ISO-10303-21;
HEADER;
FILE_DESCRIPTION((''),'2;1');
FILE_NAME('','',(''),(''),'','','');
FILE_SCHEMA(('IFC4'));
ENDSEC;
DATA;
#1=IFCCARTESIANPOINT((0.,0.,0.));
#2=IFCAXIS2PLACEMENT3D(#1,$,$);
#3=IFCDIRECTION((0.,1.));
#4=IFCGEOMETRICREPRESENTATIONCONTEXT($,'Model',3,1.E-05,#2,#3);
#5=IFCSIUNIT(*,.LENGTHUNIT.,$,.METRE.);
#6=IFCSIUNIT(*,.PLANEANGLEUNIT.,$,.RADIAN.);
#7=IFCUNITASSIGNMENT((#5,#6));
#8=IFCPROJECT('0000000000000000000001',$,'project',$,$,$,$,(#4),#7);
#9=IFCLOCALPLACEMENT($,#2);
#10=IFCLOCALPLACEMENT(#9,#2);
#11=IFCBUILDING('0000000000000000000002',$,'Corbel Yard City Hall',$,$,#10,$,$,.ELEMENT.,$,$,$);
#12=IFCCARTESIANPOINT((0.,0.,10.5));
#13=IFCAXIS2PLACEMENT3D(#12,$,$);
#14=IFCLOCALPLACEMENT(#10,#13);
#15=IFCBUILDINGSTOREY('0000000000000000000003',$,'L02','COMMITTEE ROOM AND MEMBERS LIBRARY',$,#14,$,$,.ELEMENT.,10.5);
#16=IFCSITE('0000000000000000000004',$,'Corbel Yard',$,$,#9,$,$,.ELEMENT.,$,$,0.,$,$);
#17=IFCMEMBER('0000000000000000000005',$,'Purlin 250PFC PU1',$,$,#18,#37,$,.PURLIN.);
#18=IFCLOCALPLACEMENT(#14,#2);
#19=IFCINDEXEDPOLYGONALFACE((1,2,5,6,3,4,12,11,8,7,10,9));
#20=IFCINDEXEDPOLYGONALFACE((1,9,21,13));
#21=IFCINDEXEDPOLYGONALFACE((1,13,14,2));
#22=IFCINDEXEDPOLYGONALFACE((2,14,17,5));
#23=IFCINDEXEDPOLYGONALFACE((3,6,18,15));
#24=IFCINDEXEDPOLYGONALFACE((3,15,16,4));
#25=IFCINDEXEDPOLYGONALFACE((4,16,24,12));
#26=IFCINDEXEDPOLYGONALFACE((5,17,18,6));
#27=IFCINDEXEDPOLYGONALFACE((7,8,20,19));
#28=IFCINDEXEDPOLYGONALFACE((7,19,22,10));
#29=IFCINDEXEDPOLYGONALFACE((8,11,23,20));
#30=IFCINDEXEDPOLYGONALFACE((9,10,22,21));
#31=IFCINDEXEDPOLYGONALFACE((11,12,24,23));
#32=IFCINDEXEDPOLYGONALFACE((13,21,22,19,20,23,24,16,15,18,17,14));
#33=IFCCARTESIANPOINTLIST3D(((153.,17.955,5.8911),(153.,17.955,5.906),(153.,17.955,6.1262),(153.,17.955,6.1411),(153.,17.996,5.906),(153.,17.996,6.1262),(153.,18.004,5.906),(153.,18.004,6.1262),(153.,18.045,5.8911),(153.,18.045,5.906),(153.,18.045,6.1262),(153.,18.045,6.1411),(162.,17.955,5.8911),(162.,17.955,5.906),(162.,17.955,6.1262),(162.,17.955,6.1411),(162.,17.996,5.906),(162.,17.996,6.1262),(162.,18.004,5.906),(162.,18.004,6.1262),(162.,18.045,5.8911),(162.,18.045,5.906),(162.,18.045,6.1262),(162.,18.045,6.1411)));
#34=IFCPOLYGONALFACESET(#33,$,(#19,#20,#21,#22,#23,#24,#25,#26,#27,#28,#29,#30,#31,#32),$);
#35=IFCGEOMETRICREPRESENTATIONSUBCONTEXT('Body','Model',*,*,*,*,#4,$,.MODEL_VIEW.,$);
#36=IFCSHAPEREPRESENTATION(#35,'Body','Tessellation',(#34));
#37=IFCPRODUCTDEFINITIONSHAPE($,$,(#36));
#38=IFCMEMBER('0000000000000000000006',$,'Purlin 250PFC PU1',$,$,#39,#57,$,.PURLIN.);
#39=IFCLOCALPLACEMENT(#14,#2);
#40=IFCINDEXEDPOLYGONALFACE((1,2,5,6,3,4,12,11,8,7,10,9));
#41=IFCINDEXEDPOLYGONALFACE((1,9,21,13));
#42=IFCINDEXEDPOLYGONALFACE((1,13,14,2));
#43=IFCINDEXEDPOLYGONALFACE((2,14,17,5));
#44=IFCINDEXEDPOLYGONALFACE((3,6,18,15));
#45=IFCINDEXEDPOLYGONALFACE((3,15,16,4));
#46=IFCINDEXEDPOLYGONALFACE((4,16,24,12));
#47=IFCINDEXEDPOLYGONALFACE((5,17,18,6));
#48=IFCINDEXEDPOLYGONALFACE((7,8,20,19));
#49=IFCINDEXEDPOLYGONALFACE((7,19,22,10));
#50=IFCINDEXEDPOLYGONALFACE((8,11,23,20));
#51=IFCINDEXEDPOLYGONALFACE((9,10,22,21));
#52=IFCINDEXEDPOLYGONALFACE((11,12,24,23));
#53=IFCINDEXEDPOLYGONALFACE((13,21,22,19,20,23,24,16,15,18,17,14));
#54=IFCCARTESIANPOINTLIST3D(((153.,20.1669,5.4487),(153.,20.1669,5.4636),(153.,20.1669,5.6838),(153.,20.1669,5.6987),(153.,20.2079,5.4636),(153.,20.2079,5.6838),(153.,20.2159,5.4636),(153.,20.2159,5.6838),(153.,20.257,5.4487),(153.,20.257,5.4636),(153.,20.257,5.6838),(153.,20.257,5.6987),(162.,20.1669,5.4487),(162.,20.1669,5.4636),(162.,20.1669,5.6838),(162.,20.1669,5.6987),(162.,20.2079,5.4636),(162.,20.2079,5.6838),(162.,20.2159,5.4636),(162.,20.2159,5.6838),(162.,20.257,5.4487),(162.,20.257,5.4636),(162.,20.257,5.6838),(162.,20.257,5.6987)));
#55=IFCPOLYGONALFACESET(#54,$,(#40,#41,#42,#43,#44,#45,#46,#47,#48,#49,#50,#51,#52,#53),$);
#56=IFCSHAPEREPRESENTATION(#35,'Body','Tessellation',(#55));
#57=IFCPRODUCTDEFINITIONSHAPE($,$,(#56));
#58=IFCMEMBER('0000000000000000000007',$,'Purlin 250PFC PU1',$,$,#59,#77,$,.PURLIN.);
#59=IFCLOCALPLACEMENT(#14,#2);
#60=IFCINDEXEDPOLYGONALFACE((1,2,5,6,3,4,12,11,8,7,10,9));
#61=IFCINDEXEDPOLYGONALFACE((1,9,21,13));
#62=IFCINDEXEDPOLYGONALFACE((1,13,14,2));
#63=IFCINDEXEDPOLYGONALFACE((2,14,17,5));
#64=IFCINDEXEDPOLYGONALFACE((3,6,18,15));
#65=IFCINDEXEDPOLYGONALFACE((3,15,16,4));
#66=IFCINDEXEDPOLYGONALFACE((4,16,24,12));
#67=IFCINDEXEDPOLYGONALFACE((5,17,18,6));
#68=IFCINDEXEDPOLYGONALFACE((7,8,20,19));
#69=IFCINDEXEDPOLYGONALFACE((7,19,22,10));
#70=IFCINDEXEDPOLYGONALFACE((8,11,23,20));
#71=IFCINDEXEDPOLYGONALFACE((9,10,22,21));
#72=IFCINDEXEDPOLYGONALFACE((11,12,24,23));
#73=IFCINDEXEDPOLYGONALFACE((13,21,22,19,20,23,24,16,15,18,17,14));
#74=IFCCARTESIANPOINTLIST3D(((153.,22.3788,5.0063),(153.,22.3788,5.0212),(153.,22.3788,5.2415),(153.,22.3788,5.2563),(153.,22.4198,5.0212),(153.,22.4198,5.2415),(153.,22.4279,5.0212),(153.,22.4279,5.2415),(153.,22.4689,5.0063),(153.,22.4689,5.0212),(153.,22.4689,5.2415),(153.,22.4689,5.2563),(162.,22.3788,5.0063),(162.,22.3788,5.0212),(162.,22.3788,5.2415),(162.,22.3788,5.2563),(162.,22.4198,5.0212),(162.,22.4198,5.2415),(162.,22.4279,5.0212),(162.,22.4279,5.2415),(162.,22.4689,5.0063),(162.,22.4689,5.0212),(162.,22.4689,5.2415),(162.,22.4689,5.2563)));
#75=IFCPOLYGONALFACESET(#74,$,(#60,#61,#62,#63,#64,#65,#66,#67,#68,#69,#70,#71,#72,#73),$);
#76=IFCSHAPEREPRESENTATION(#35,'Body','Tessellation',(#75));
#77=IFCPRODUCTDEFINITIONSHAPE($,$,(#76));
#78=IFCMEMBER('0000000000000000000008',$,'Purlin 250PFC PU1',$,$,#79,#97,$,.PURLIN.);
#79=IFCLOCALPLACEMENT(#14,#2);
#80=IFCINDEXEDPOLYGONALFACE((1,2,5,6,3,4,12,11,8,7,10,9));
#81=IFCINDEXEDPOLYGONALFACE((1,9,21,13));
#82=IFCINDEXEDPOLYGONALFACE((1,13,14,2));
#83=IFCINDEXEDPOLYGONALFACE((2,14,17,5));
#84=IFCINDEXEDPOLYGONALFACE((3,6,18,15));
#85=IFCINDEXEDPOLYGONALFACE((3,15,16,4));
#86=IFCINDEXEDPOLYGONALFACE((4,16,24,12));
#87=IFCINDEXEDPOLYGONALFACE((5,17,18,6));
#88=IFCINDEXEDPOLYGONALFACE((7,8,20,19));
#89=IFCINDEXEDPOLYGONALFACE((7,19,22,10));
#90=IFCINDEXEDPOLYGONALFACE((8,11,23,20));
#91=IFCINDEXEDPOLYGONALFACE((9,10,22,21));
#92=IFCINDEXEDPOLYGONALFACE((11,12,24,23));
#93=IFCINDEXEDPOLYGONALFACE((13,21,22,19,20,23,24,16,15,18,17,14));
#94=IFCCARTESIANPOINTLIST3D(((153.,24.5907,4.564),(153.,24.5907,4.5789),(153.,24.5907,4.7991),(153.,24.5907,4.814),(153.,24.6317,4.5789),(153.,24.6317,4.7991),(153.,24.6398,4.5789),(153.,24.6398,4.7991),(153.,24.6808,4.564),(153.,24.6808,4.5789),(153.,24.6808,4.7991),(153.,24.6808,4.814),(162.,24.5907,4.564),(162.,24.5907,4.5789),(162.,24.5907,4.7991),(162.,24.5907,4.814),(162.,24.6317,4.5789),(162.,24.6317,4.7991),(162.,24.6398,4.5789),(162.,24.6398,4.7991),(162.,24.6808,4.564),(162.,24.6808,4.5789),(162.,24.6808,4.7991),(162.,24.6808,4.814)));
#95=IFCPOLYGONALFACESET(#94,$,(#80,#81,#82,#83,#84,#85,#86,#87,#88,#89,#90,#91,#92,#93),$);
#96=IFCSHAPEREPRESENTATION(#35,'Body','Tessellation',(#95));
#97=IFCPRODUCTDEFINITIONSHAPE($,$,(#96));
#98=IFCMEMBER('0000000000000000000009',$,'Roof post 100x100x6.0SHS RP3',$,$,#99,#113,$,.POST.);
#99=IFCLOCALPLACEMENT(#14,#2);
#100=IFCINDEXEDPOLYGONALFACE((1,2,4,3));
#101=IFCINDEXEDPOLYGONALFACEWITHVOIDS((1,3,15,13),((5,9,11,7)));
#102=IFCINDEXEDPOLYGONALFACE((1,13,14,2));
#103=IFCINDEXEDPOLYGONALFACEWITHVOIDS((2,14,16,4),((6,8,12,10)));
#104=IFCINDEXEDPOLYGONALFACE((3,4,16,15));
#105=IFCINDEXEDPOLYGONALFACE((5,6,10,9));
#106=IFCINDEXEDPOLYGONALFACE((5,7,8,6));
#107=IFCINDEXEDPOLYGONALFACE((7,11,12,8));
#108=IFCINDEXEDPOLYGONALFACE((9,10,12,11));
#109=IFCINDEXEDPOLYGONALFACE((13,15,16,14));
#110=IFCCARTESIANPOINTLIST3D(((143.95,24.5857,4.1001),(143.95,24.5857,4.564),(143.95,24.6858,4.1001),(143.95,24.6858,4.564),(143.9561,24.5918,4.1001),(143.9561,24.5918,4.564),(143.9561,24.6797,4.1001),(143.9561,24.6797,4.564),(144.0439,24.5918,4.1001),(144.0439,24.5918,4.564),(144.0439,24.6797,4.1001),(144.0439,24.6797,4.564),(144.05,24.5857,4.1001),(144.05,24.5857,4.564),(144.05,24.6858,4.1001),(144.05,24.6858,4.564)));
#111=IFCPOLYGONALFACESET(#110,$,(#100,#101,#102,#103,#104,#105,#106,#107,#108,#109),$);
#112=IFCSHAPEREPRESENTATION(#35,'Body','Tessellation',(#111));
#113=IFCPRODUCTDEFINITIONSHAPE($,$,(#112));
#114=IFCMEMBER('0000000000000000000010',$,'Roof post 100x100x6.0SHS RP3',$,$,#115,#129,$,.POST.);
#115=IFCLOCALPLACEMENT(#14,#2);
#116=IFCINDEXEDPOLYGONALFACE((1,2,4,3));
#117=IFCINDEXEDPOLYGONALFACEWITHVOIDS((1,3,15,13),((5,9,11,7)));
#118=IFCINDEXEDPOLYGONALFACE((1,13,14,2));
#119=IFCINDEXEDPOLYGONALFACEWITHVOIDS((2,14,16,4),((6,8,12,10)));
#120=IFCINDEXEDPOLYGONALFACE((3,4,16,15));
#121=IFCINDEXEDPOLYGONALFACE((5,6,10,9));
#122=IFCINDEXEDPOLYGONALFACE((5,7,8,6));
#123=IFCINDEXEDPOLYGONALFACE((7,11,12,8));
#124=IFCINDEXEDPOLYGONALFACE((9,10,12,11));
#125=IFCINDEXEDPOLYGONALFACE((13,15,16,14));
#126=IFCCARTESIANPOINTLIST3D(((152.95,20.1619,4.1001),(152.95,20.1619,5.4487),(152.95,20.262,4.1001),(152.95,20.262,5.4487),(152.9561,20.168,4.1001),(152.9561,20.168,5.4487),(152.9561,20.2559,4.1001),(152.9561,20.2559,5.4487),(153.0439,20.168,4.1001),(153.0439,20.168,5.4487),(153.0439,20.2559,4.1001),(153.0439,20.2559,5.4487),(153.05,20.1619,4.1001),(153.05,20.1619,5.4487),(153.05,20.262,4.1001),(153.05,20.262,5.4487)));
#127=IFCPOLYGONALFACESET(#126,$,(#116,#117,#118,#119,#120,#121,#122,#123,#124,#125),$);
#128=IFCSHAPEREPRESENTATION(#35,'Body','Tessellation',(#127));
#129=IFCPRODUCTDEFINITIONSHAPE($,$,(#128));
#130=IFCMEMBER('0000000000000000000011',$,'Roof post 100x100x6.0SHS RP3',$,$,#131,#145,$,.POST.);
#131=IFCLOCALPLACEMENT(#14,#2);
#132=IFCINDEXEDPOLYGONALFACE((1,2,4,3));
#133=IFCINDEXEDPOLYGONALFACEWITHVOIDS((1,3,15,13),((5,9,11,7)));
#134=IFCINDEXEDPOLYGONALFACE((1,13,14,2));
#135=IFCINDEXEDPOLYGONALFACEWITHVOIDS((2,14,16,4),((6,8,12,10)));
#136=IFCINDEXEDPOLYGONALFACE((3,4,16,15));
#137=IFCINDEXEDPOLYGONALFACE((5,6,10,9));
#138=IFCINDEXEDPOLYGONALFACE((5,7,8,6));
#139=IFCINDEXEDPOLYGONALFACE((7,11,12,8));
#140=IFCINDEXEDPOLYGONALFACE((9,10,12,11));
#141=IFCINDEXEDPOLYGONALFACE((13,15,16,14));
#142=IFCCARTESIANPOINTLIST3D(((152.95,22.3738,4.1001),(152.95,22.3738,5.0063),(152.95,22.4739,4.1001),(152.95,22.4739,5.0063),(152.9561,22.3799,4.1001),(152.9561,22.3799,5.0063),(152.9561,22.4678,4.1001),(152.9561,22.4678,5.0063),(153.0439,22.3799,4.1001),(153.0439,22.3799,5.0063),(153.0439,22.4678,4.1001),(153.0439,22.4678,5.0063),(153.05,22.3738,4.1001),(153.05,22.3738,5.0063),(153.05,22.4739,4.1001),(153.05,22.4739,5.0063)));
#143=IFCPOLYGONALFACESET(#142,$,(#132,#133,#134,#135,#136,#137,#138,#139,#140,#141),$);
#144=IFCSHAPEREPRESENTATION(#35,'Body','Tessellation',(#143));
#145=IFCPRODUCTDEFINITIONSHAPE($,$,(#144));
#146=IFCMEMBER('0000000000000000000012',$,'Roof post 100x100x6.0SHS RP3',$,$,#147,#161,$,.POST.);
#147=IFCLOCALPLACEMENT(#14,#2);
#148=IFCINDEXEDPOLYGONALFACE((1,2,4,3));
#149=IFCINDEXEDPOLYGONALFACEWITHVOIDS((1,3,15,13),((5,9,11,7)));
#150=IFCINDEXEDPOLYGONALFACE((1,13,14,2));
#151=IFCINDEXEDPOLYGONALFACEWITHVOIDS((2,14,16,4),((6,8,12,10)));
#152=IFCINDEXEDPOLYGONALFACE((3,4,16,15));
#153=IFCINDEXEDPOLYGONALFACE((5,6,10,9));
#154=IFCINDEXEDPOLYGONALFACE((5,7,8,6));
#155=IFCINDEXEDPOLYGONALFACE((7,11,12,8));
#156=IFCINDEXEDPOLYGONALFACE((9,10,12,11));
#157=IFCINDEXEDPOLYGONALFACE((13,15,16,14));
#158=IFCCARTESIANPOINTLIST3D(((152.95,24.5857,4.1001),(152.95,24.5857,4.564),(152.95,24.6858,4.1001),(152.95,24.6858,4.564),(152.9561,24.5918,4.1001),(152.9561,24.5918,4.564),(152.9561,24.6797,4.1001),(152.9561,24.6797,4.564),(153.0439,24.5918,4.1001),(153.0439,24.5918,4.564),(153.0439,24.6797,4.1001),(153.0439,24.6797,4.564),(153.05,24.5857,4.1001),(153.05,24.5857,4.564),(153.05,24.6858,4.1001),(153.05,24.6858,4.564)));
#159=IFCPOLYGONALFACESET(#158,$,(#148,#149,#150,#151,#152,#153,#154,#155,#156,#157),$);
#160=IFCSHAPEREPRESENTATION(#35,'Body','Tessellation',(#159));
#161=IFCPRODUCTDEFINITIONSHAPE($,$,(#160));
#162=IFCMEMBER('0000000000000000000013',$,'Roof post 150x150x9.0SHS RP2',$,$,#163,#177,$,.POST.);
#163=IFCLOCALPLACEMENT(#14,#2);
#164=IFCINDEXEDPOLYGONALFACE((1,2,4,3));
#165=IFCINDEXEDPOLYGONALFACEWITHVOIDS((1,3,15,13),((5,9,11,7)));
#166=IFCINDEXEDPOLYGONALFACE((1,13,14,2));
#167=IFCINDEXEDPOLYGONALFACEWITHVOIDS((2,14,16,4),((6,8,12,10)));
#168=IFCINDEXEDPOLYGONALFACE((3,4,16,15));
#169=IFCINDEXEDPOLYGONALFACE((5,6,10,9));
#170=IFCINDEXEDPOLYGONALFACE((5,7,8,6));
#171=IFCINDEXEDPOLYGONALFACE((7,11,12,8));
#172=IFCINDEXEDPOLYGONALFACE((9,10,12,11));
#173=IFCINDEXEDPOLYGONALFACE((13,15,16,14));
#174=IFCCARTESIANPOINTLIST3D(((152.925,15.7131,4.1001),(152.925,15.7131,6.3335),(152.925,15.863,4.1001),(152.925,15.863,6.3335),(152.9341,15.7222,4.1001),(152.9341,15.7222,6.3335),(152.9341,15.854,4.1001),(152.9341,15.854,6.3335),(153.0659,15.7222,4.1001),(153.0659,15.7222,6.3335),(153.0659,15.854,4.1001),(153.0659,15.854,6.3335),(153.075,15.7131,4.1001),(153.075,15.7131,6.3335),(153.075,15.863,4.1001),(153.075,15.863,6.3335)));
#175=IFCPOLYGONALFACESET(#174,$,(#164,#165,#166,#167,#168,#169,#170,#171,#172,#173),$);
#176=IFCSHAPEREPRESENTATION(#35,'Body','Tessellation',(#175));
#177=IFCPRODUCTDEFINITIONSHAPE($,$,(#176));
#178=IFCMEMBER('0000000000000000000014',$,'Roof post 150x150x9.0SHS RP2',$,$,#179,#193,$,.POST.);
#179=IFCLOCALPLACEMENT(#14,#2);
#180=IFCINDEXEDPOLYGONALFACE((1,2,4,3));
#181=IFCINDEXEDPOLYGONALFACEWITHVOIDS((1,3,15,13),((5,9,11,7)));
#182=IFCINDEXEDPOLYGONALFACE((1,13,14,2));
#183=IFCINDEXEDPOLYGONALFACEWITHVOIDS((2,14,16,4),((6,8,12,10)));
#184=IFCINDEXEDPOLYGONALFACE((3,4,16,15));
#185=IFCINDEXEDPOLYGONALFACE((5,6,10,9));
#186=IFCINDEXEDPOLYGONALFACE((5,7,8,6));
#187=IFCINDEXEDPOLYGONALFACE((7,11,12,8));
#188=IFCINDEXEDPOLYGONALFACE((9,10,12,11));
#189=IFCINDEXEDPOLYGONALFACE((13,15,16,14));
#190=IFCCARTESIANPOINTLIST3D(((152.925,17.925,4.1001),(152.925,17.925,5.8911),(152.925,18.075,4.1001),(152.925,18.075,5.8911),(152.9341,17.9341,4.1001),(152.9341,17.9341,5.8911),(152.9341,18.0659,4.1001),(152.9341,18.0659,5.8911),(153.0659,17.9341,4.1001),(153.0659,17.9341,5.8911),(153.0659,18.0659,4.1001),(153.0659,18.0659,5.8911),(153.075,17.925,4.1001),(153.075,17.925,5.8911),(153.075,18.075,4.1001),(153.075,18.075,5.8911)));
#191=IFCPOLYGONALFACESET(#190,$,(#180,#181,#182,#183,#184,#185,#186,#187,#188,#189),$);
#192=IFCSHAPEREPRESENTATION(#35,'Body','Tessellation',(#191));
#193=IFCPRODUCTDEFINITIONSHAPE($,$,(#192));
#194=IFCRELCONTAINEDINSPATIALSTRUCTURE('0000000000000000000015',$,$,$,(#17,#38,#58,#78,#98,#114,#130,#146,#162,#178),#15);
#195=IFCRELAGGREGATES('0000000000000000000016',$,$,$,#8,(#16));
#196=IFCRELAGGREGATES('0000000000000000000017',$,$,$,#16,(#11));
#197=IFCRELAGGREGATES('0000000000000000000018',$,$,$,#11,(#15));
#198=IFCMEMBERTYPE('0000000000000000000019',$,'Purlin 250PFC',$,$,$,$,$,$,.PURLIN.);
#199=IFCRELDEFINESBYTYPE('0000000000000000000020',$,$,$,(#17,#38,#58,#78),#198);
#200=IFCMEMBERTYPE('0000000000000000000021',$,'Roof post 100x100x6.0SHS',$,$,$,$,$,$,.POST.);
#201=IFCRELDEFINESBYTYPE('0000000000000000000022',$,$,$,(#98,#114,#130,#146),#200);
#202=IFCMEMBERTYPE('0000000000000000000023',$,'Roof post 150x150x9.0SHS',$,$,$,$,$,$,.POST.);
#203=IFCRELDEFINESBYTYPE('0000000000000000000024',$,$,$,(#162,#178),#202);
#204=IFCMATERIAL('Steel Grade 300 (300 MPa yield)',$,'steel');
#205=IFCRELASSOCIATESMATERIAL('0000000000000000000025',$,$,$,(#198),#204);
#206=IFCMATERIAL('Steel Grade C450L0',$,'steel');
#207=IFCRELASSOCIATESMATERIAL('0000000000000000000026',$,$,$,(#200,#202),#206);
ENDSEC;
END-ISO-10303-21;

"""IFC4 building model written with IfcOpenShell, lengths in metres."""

from ifc_helpers import new_model, si_unit, direction, frame, origin, origin_2d, place, context, subcontext, project, spatial, hollow_rectangle, i_section, extrude, material, material_profile, profile_set, type_object, element, save


model = new_model("IFC4")

# Units and contexts
model_context = context("Model", 3, precision=1e-05, world=origin(), true_north=direction((0.0, 1.0)))
body_context = subcontext(model_context, "Body", "Model", "MODEL_VIEW")
ifc_project = project(units=[si_unit("LENGTHUNIT", "METRE"), si_unit("PLANEANGLEUNIT", "RADIAN")], contexts=[model_context])

# Site, building, storey
site_placement = place(None, origin())
site = spatial("IfcSite", under=ifc_project, at=site_placement, Name="Corbel Yard", CompositionType="ELEMENT", RefElevation=0.0)
building_placement = place(site_placement, origin())
building = spatial("IfcBuilding", under=site, at=building_placement, Name="Corbel Yard City Hall", CompositionType="ELEMENT")
storey_placement = place(building_placement, frame((0.0, 0.0, 10.5)))
storey = spatial("IfcBuildingStorey", under=building, at=storey_placement, Name="L02", Description="COMMITTEE ROOM AND MEMBERS LIBRARY", CompositionType="ELEMENT", Elevation=10.5)

# Members
ifc_material_1 = material(Name="Steel Grade 300 (300 MPa yield)", Category="steel")
ifc_material_profile_1 = material_profile(ifc_material_1, i_section(OverallWidth=0.0901, OverallDepth=0.25, WebThickness=0.0081, FlangeThickness=0.0149, at=origin_2d()), Name="250PFC")
ifc_profile_set_1 = profile_set([ifc_material_profile_1], Name="Steel Grade 300 (300 MPa yield)")
member_type_1 = type_object("IfcMemberType", Name="Purlin 250PFC", PredefinedType="PURLIN", material=ifc_profile_set_1)
for number, where, z_axis, x_axis, name in (
    (1, (153.0, 18.0, 6.0161), (1.0, 0.0, 0.0), (0.0, 1.0, 0.0), "Purlin 250PFC PU1"),
    (2, (153.0, 20.2119, 5.5737), (1.0, 0.0, 0.0), (0.0, 1.0, 0.0), "Purlin 250PFC PU1"),
    (3, (153.0, 22.4238, 5.1313), (1.0, 0.0, 0.0), (0.0, 1.0, 0.0), "Purlin 250PFC PU1"),
    (4, (153.0, 24.6357, 4.689), (1.0, 0.0, 0.0), (0.0, 1.0, 0.0), "Purlin 250PFC PU1"),
):
    element("IfcMember", number, at=place(storey_placement, frame(where, z_axis=z_axis, x_axis=x_axis)), inside=storey, type_object=member_type_1, Name=name, PredefinedType="PURLIN", context=body_context, shape_type="SweptSolid", body=[
        extrude(i_section(OverallWidth=0.0901, OverallDepth=0.25, WebThickness=0.0081, FlangeThickness=0.0149, at=origin_2d()), origin(), (0.0, 0.0, 1.0), 9.0),
    ])
ifc_material_2 = material(Name="Steel Grade C450L0", Category="steel")
ifc_material_profile_2 = material_profile(ifc_material_2, hollow_rectangle(XDim=0.1001, YDim=0.1001, WallThickness=0.0061, at=origin_2d()), Name="100x100x6.0SHS")
ifc_profile_set_2 = profile_set([ifc_material_profile_2], Name="Steel Grade C450L0")
member_type_2 = type_object("IfcMemberType", Name="Roof post 100x100x6.0SHS", PredefinedType="POST", material=ifc_profile_set_2)
member_1_placement = place(storey_placement, frame((144.0, 24.6357, 4.1001), z_axis=(0.0, 0.0, 1.0), x_axis=(1.0, 0.0, 0.0)))
element("IfcMember", 5, at=member_1_placement, inside=storey, type_object=member_type_2, Name="Roof post 100x100x6.0SHS RP3", PredefinedType="POST", context=body_context, shape_type="SweptSolid", body=[
    extrude(hollow_rectangle(XDim=0.1001, YDim=0.1001, WallThickness=0.0061, at=origin_2d()), origin(), (0.0, 0.0, 1.0), 0.4639),
])
member_2_placement = place(storey_placement, frame((153.0, 20.2119, 4.1001), z_axis=(0.0, 0.0, 1.0), x_axis=(1.0, 0.0, 0.0)))
element("IfcMember", 6, at=member_2_placement, inside=storey, type_object=member_type_2, Name="Roof post 100x100x6.0SHS RP3", PredefinedType="POST", context=body_context, shape_type="SweptSolid", body=[
    extrude(hollow_rectangle(XDim=0.1001, YDim=0.1001, WallThickness=0.0061, at=origin_2d()), origin(), (0.0, 0.0, 1.0), 1.3486),
])
member_3_placement = place(storey_placement, frame((153.0, 22.4238, 4.1001), z_axis=(0.0, 0.0, 1.0), x_axis=(1.0, 0.0, 0.0)))
element("IfcMember", 7, at=member_3_placement, inside=storey, type_object=member_type_2, Name="Roof post 100x100x6.0SHS RP3", PredefinedType="POST", context=body_context, shape_type="SweptSolid", body=[
    extrude(hollow_rectangle(XDim=0.1001, YDim=0.1001, WallThickness=0.0061, at=origin_2d()), origin(), (0.0, 0.0, 1.0), 0.9062),
])
member_4_placement = place(storey_placement, frame((153.0, 24.6357, 4.1001), z_axis=(0.0, 0.0, 1.0), x_axis=(1.0, 0.0, 0.0)))
element("IfcMember", 8, at=member_4_placement, inside=storey, type_object=member_type_2, Name="Roof post 100x100x6.0SHS RP3", PredefinedType="POST", context=body_context, shape_type="SweptSolid", body=[
    extrude(hollow_rectangle(XDim=0.1001, YDim=0.1001, WallThickness=0.0061, at=origin_2d()), origin(), (0.0, 0.0, 1.0), 0.4639),
])
ifc_material_profile_3 = material_profile(ifc_material_2, hollow_rectangle(XDim=0.1499, YDim=0.1499, WallThickness=0.009, at=origin_2d()), Name="150x150x9.0SHS")
ifc_profile_set_3 = profile_set([ifc_material_profile_3], Name="Steel Grade C450L0")
member_type_3 = type_object("IfcMemberType", Name="Roof post 150x150x9.0SHS", PredefinedType="POST", material=ifc_profile_set_3)
member_5_placement = place(storey_placement, frame((153.0, 15.7881, 4.1001), z_axis=(0.0, 0.0, 1.0), x_axis=(1.0, 0.0, 0.0)))
element("IfcMember", 9, at=member_5_placement, inside=storey, type_object=member_type_3, Name="Roof post 150x150x9.0SHS RP2", PredefinedType="POST", context=body_context, shape_type="SweptSolid", body=[
    extrude(hollow_rectangle(XDim=0.1499, YDim=0.1499, WallThickness=0.009, at=origin_2d()), origin(), (0.0, 0.0, 1.0), 2.2334),
])
member_6_placement = place(storey_placement, frame((153.0, 18.0, 4.1001), z_axis=(0.0, 0.0, 1.0), x_axis=(1.0, 0.0, 0.0)))
element("IfcMember", 10, at=member_6_placement, inside=storey, type_object=member_type_3, Name="Roof post 150x150x9.0SHS RP2", PredefinedType="POST", context=body_context, shape_type="SweptSolid", body=[
    extrude(hollow_rectangle(XDim=0.1499, YDim=0.1499, WallThickness=0.009, at=origin_2d()), origin(), (0.0, 0.0, 1.0), 1.791),
])

save(model, "model.ifc")
